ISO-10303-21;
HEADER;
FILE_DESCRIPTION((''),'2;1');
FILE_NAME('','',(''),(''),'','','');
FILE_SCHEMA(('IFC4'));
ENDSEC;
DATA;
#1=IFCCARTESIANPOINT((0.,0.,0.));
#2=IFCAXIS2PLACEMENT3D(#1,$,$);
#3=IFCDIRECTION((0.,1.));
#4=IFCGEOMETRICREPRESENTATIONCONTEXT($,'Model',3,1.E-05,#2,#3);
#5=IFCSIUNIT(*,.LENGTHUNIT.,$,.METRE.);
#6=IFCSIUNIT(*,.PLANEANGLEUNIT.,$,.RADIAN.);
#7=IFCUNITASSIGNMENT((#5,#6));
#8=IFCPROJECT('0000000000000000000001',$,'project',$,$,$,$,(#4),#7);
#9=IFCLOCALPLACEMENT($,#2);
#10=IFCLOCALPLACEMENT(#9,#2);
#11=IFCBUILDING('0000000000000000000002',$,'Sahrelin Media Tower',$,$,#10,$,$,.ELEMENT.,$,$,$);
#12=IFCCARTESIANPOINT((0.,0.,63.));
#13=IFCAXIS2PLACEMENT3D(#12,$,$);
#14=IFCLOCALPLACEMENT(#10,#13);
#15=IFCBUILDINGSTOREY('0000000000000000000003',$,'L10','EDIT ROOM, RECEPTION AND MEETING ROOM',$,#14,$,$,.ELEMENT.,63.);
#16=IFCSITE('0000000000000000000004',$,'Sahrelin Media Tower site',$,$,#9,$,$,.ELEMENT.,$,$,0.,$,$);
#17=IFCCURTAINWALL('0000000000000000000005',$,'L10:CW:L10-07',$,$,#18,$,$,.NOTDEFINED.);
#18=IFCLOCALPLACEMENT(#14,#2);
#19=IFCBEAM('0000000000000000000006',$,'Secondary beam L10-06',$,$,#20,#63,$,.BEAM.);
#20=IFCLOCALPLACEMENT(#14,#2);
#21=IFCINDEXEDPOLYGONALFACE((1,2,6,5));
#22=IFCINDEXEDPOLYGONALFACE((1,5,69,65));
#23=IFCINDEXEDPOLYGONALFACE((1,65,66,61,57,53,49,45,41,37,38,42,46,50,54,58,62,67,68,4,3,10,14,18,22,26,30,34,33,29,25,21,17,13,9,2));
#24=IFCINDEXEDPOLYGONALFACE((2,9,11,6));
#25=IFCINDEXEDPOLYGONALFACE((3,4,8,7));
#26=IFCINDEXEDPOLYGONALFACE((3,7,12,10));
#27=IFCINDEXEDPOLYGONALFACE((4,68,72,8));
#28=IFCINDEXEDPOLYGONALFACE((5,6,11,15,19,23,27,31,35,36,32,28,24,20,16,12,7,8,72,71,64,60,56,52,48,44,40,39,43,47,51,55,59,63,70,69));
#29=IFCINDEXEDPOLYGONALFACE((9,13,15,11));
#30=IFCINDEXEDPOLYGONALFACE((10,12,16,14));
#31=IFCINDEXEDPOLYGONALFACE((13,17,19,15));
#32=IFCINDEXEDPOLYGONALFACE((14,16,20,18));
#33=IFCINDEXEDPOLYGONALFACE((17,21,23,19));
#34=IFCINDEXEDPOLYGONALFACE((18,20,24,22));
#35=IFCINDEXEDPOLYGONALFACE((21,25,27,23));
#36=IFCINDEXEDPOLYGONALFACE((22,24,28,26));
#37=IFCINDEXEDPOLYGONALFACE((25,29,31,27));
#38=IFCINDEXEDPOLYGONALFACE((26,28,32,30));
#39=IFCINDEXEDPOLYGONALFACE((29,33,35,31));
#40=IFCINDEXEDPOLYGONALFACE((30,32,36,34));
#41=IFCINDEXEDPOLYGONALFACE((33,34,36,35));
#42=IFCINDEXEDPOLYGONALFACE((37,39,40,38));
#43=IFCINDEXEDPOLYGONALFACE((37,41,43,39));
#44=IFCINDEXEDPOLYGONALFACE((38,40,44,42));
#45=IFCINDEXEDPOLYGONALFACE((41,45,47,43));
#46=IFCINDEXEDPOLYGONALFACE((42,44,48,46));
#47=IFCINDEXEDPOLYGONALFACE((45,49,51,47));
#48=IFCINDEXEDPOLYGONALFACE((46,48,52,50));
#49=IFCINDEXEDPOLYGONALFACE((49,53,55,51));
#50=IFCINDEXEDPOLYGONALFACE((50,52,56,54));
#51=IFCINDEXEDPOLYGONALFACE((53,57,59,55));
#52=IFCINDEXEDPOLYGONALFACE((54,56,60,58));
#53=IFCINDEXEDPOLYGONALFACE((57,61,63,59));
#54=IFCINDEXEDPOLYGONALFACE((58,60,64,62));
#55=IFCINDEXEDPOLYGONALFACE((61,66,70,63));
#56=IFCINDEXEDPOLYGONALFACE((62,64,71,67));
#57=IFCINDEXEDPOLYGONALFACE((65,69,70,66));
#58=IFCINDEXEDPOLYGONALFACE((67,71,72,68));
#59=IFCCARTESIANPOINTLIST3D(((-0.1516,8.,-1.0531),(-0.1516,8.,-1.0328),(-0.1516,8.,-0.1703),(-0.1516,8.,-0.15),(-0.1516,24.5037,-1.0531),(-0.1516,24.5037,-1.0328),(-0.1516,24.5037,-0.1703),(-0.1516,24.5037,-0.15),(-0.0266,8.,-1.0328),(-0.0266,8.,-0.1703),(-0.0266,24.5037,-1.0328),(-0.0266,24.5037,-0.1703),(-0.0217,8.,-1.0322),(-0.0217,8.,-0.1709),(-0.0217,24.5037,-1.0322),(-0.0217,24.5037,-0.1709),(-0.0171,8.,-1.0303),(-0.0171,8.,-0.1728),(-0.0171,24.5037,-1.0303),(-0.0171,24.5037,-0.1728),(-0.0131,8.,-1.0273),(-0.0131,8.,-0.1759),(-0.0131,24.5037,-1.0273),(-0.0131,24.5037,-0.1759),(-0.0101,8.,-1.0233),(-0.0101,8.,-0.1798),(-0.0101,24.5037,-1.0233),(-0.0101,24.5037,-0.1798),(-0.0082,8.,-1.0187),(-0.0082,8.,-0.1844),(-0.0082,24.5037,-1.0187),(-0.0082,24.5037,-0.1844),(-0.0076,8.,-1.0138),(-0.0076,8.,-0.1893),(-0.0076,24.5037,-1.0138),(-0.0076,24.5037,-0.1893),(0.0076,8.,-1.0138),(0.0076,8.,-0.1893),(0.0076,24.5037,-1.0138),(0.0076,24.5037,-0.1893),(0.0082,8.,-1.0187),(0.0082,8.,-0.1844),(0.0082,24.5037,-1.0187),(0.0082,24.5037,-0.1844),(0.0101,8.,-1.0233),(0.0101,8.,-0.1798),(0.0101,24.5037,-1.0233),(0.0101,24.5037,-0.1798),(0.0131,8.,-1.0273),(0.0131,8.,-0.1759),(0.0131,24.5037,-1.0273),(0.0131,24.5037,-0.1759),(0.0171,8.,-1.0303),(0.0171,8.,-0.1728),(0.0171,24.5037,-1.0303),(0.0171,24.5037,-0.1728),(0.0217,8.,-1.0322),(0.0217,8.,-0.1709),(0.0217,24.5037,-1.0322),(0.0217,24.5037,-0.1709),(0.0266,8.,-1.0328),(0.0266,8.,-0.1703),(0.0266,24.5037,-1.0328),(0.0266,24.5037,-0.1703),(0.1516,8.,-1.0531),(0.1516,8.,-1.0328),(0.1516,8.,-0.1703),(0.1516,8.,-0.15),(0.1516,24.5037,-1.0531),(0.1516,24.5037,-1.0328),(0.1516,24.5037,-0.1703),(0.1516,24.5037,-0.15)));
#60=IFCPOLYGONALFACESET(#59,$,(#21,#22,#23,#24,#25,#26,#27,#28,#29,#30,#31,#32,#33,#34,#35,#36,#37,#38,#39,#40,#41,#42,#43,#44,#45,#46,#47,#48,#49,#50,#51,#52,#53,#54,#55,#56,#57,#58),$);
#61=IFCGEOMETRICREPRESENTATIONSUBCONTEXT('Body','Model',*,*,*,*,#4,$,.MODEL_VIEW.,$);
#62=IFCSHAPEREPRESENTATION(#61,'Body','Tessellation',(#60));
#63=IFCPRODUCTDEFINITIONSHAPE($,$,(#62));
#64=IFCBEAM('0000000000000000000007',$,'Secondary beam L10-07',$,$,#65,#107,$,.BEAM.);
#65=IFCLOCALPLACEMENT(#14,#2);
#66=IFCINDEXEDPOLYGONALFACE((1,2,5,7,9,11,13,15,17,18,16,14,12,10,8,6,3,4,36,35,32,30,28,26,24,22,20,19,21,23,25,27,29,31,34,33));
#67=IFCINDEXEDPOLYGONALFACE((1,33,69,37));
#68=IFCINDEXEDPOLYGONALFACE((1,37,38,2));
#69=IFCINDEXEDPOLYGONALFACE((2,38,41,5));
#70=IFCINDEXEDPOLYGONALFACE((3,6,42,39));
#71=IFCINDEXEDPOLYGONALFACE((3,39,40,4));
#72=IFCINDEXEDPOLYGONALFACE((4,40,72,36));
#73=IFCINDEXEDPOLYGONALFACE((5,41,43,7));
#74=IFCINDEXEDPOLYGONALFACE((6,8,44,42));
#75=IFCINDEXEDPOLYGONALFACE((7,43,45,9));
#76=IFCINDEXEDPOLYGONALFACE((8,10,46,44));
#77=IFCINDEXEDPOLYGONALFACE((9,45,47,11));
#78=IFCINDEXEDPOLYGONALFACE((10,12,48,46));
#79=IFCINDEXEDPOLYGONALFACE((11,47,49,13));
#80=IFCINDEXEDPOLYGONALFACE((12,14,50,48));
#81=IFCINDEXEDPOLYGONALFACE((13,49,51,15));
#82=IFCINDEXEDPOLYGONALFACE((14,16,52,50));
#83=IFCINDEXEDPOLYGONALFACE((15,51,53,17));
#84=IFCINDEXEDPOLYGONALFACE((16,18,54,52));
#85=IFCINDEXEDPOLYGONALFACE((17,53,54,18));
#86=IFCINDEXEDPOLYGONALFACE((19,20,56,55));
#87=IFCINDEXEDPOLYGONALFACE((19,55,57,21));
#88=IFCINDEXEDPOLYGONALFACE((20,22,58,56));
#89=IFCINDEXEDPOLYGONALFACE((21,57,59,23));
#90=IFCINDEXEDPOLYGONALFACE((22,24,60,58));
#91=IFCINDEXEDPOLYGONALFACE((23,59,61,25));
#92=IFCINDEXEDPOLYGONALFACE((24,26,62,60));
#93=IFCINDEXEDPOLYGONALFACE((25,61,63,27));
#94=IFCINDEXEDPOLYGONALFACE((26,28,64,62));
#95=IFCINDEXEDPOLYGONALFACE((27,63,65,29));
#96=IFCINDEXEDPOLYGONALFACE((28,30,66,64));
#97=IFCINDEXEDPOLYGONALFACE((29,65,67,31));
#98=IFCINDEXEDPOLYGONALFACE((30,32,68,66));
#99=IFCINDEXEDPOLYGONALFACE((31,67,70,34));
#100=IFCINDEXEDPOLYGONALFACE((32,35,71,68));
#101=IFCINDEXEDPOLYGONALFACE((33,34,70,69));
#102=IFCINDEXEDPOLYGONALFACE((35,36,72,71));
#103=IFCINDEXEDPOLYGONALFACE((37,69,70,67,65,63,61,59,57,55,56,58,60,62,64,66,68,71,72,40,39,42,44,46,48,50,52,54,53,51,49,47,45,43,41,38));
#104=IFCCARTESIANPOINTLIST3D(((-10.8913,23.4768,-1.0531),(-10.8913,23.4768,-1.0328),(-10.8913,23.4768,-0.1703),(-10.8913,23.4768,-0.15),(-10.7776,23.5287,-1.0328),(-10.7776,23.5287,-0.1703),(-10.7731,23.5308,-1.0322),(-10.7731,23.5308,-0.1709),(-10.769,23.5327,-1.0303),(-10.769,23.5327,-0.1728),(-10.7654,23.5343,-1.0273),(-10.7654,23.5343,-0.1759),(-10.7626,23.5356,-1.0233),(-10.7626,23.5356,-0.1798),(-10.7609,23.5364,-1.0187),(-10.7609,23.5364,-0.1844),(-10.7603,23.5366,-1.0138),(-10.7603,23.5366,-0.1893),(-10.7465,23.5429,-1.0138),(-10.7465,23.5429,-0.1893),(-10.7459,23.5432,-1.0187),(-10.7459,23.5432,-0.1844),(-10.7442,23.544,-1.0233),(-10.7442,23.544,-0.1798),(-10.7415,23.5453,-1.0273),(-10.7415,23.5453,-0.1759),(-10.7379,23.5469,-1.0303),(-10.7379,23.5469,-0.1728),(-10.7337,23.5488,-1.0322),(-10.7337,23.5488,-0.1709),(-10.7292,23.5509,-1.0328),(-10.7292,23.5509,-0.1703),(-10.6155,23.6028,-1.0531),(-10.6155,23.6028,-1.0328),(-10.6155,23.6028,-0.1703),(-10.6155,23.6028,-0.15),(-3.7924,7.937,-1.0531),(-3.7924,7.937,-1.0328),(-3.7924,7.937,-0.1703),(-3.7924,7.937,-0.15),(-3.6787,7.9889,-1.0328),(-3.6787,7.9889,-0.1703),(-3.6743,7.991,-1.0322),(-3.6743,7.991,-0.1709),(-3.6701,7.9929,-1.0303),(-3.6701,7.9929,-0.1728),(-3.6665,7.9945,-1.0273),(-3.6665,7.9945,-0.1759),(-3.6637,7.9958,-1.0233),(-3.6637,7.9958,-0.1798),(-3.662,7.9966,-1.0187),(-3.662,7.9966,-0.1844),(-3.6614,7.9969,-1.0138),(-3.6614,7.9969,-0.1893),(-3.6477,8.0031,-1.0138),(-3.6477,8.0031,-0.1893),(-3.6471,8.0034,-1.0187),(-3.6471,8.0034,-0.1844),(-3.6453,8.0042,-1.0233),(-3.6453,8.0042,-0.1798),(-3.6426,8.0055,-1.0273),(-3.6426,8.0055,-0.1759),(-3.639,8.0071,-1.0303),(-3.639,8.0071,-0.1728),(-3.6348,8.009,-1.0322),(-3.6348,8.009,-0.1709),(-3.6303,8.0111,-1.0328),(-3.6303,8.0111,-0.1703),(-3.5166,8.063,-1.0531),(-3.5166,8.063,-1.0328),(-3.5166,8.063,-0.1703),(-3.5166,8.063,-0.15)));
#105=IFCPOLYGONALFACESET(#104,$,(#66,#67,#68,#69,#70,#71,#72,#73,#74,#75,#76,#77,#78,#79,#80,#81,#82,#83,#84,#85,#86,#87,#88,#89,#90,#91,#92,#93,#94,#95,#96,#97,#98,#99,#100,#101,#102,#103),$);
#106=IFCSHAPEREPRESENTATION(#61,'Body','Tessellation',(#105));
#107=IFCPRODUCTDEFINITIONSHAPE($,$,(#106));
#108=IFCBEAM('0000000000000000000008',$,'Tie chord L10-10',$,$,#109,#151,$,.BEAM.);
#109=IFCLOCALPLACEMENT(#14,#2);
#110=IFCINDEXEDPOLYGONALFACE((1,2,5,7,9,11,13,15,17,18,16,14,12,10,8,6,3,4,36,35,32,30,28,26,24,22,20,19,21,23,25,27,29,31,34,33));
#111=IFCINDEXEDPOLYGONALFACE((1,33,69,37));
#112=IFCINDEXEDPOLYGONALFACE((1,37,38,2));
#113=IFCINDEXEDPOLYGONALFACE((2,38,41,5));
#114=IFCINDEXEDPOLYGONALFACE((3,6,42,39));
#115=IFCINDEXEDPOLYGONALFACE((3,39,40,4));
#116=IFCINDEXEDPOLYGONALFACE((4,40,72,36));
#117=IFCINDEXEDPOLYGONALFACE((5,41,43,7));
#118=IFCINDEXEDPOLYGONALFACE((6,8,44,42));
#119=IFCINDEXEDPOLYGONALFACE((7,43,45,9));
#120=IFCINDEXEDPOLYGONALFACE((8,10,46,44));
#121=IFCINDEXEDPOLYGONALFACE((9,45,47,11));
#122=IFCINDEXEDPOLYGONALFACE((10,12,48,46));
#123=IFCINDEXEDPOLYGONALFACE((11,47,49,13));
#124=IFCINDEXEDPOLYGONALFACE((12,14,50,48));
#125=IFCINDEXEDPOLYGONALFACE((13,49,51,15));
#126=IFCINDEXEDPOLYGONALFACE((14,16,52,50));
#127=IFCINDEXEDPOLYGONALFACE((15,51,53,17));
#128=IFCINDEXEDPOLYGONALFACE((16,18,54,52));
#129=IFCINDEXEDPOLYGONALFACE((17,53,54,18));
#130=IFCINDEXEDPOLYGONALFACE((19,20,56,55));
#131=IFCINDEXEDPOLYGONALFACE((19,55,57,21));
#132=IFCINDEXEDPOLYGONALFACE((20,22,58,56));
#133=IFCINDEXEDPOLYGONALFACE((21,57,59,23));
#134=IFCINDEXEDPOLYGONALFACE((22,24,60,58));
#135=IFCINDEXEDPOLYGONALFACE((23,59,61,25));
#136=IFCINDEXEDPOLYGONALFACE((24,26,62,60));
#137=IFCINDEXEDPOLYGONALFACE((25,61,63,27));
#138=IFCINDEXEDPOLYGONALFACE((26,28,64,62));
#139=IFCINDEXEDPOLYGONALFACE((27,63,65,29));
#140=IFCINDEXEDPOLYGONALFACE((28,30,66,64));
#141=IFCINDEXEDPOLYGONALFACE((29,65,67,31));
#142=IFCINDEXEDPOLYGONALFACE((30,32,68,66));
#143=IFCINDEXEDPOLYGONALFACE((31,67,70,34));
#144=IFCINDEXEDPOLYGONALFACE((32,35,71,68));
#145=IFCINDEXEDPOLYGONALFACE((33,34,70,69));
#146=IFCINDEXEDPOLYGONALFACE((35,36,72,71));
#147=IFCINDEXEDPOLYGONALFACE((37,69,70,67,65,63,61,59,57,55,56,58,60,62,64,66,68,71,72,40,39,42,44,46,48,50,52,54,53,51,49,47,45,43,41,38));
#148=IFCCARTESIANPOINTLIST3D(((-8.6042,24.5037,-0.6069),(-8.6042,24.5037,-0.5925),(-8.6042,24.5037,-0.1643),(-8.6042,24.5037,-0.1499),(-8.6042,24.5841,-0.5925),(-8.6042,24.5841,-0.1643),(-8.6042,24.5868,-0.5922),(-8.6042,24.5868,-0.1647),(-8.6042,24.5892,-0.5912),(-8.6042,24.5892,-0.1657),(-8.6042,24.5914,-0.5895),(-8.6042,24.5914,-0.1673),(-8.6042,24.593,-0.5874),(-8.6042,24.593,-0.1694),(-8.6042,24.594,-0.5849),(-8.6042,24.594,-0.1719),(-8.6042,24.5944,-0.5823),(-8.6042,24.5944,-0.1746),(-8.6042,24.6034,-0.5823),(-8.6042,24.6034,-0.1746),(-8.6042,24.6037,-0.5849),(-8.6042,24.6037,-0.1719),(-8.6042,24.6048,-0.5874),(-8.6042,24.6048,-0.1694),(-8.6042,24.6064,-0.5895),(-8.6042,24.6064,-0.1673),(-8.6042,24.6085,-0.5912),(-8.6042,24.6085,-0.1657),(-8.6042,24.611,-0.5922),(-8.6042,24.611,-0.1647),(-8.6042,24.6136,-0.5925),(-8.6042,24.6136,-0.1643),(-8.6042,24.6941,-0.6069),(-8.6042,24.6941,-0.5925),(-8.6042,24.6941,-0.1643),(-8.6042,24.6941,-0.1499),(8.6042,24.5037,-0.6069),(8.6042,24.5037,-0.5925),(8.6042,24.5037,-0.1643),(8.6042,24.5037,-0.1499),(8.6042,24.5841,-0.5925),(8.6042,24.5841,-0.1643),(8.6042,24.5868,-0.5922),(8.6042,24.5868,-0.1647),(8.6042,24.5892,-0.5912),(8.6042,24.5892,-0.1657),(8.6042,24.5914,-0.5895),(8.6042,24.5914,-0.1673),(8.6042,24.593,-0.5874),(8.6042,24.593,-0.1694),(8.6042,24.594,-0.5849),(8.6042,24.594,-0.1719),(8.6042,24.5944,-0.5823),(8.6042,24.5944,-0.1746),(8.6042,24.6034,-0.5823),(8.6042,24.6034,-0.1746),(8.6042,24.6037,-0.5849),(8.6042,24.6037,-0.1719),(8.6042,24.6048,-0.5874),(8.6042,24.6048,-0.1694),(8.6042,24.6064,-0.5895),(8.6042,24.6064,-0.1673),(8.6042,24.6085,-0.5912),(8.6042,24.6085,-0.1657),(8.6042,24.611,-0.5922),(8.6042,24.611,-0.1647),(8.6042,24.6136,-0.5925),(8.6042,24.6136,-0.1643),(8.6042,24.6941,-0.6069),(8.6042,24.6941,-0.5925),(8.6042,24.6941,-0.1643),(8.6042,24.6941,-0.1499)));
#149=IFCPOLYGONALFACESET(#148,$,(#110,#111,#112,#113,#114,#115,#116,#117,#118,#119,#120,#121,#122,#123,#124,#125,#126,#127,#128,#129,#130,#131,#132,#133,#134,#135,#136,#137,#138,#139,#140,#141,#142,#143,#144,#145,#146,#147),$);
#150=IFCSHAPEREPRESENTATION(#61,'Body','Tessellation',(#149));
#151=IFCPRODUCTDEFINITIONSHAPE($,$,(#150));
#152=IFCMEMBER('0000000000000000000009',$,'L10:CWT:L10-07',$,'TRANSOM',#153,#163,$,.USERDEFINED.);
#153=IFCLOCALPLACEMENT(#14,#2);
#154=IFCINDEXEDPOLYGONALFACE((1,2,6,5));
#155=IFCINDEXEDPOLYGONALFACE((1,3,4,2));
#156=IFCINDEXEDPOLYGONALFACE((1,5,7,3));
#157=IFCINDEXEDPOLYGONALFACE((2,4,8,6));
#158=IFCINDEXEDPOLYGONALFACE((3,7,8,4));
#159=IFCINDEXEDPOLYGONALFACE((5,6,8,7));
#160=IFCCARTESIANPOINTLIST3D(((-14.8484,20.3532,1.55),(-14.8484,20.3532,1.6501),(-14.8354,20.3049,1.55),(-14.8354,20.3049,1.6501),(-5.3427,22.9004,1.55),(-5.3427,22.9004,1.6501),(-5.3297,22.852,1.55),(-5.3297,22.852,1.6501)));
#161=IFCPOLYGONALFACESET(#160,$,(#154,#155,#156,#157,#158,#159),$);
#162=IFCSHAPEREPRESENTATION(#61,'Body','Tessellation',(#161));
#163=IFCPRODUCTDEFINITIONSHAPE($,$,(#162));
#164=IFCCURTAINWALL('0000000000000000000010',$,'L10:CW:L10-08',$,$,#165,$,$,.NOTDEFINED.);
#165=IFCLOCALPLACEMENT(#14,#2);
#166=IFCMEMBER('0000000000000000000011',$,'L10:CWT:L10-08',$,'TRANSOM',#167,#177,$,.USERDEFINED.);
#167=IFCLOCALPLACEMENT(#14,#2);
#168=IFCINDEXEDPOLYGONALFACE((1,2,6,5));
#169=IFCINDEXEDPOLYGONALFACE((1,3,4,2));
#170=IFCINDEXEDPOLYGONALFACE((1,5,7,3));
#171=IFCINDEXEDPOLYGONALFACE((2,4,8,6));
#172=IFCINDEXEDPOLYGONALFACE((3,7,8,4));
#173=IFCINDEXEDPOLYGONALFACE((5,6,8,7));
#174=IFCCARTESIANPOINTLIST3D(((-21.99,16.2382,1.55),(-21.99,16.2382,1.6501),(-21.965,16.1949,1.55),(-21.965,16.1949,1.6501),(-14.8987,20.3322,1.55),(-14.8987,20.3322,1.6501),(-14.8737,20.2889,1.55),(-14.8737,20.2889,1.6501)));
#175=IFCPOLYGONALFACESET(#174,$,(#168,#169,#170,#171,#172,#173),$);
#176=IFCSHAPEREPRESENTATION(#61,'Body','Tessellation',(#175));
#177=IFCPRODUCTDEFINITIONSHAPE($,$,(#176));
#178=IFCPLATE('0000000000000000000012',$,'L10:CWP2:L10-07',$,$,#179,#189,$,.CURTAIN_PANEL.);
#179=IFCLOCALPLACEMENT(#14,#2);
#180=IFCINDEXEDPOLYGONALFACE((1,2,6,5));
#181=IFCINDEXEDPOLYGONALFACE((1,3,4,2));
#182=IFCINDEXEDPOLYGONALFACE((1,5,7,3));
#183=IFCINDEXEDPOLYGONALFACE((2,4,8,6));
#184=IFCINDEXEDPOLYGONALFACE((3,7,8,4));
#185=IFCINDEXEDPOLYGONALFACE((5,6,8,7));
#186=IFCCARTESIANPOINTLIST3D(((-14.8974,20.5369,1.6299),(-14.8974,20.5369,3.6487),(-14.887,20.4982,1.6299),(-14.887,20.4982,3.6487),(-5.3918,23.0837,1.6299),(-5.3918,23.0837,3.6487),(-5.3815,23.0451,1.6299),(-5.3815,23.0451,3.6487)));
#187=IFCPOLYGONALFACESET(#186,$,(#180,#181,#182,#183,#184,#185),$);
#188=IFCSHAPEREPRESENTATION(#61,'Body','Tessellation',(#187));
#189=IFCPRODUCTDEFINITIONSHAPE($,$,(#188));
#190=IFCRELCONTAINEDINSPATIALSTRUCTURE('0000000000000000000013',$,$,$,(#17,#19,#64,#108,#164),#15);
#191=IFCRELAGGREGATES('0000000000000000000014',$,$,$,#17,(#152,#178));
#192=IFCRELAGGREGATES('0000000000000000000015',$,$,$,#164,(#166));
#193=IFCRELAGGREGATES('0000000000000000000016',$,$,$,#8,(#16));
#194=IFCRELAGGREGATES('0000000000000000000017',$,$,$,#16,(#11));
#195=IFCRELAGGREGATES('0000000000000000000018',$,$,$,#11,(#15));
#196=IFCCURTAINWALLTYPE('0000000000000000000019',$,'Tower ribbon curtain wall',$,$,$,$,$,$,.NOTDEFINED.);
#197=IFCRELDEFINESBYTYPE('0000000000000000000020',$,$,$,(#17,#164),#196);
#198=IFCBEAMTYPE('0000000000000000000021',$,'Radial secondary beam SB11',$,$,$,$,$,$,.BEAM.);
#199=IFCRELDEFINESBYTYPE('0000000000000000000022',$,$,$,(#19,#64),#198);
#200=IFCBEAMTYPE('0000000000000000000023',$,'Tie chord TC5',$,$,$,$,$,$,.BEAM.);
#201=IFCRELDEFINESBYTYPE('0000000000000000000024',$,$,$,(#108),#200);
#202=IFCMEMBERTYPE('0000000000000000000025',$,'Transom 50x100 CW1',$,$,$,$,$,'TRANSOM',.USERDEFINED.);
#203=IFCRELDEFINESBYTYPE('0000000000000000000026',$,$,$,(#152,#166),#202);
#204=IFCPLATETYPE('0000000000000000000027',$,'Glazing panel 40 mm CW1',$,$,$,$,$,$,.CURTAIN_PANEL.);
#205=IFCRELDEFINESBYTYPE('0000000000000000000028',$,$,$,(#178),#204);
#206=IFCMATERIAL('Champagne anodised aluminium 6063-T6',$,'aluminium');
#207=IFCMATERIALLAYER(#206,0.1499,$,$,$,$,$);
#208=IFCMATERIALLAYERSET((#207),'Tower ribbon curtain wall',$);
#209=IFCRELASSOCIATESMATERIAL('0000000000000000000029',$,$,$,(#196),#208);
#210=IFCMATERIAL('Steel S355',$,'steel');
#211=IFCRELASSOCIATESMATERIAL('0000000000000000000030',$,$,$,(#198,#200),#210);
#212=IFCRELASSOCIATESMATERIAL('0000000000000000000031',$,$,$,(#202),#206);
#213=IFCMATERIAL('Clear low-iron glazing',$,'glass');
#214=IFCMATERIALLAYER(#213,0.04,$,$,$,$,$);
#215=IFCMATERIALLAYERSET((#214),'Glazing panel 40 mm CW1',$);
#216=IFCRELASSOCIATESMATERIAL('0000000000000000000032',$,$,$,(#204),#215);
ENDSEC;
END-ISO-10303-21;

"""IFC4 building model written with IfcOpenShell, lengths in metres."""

from ifc_helpers import new_model, si_unit, direction, frame, origin, origin_2d, place, context, subcontext, project, spatial, polyline, rectangle, i_section, outline, extrude, material, layer, layer_set, material_profile, profile_set, type_object, element, aggregate, save


model = new_model("IFC4")

# Units and contexts
model_context = context("Model", 3, precision=1e-05, world=origin(), true_north=direction((0.0, 1.0)))
body_context = subcontext(model_context, "Body", "Model", "MODEL_VIEW")
ifc_project = project(units=[si_unit("LENGTHUNIT", "METRE"), si_unit("PLANEANGLEUNIT", "RADIAN")], contexts=[model_context])

# Site, building, storey
site_placement = place(None, origin())
site = spatial("IfcSite", under=ifc_project, at=site_placement, Name="Sahrelin Media Tower site", CompositionType="ELEMENT", RefElevation=0.0)
building_placement = place(site_placement, origin())
building = spatial("IfcBuilding", under=site, at=building_placement, Name="Sahrelin Media Tower", CompositionType="ELEMENT")
storey_placement = place(building_placement, frame((0.0, 0.0, 63.0)))
storey = spatial("IfcBuildingStorey", under=building, at=storey_placement, Name="L10", Description="EDIT ROOM, RECEPTION AND MEETING ROOM", CompositionType="ELEMENT", Elevation=63.0)

# Shared definitions
ifc_material_1 = material(Name="Steel S355", Category="steel")

# Curtain wall
ifc_material_2 = material(Name="Champagne anodised aluminium 6063-T6", Category="aluminium")
ifc_layer_1 = layer(ifc_material_2, 0.1499)
ifc_layer_set_1 = layer_set([ifc_layer_1], Name="Tower ribbon curtain wall")
curtain_wall_type = type_object("IfcCurtainWallType", Name="Tower ribbon curtain wall", PredefinedType="NOTDEFINED", material=ifc_layer_set_1)
curtain_wall_1_placement = place(storey_placement, frame((-10.1394, 21.791, 0.0), z_axis=(0.0, 0.0, 1.0), x_axis=(1.0, 0.0, 0.0)))
curtain_wall_1 = element("IfcCurtainWall", 1, at=curtain_wall_1_placement, inside=storey, type_object=curtain_wall_type, Name="L10:CW:L10-07", PredefinedType="NOTDEFINED")

# Beams
ifc_material_profile_1 = material_profile(ifc_material_1, i_section(OverallWidth=0.3032, OverallDepth=0.9031, WebThickness=0.0151, FlangeThickness=0.0203, FilletRadius=0.019, at=origin_2d()), Name="UB 914x305x201")
ifc_profile_set_1 = profile_set([ifc_material_profile_1], Name="Steel S355")
beam_type_1 = type_object("IfcBeamType", Name="Radial secondary beam SB11", PredefinedType="BEAM", material=ifc_profile_set_1)
beam_1_placement = place(storey_placement, frame((0.0, 8.0, -0.6016), z_axis=(0.0, 1.0, 0.0), x_axis=(-1.0, 0.0, 0.0)))
element("IfcBeam", 2, at=beam_1_placement, inside=storey, type_object=beam_type_1, Name="Secondary beam L10-06", PredefinedType="BEAM", context=body_context, shape_type="SweptSolid", body=[
    extrude(i_section(OverallWidth=0.3032, OverallDepth=0.9031, WebThickness=0.0151, FlangeThickness=0.0203, FilletRadius=0.019, at=origin_2d()), origin(), (0.0, 0.0, 1.0), 16.5037),
])
beam_2_placement = place(storey_placement, frame((-3.6545, 8.0, -0.6016), z_axis=(-0.415516, 0.909586, 0.0), x_axis=(-0.909586, -0.415516, 0.0)))
element("IfcBeam", 3, at=beam_2_placement, inside=storey, type_object=beam_type_1, Name="Secondary beam L10-07", PredefinedType="BEAM", context=body_context, shape_type="SweptSolid", body=[
    extrude(i_section(OverallWidth=0.3032, OverallDepth=0.9031, WebThickness=0.0151, FlangeThickness=0.0203, FilletRadius=0.019, at=origin_2d()), origin(), (0.0, 0.0, 1.0), 17.0845),
])
ifc_material_profile_2 = material_profile(ifc_material_1, i_section(OverallWidth=0.1904, OverallDepth=0.457, WebThickness=0.009, FlangeThickness=0.0144, FilletRadius=0.0103, at=origin_2d()), Name="UB 457x191x74")
ifc_profile_set_2 = profile_set([ifc_material_profile_2], Name="Steel S355")
beam_type_2 = type_object("IfcBeamType", Name="Tie chord TC5", PredefinedType="BEAM", material=ifc_profile_set_2)
beam_3_placement = place(storey_placement, frame((-8.6042, 24.5989, -0.3784), z_axis=(1.0, 0.0, 0.0), x_axis=(0.0, 1.0, 0.0)))
element("IfcBeam", 4, at=beam_3_placement, inside=storey, type_object=beam_type_2, Name="Tie chord L10-10", PredefinedType="BEAM", context=body_context, shape_type="SweptSolid", body=[
    extrude(i_section(OverallWidth=0.1904, OverallDepth=0.457, WebThickness=0.009, FlangeThickness=0.0144, FilletRadius=0.0103, at=origin_2d()), origin(), (0.0, 0.0, 1.0), 17.2085),
])

# Member
ifc_material_profile_3 = material_profile(ifc_material_2, rectangle(XDim=0.05, YDim=0.1001, at=origin_2d()), Name="Transom 50x100")
ifc_profile_set_3 = profile_set([ifc_material_profile_3], Name="Champagne anodised aluminium 6063-T6")
member_type_1 = type_object("IfcMemberType", Name="Transom 50x100 CW1", ElementType="TRANSOM", PredefinedType="USERDEFINED", material=ifc_profile_set_3)
member_1_placement = place(storey_placement, frame((-5.3362, 22.8762, 1.6001), z_axis=(-0.965923, -0.258828, 0.0), x_axis=(0.258828, -0.965923, 0.0)))
member_1 = element("IfcMember", 5, at=member_1_placement, type_object=member_type_1, Name="L10:CWT:L10-07", ObjectType="TRANSOM", PredefinedType="USERDEFINED", context=body_context, shape_type="SweptSolid", body=[
    extrude(rectangle(XDim=0.05, YDim=0.1001, at=origin_2d()), origin(), (0.0, 0.0, 1.0), 9.8411),
])

# Curtain wall, member
curtain_wall_2_placement = place(storey_placement, frame((-18.5293, 18.4326, 0.0), z_axis=(0.0, 0.0, 1.0), x_axis=(1.0, 0.0, 0.0)))
curtain_wall_2 = element("IfcCurtainWall", 6, at=curtain_wall_2_placement, inside=storey, type_object=curtain_wall_type, Name="L10:CW:L10-08", PredefinedType="NOTDEFINED")
member_2_placement = place(storey_placement, frame((-14.8862, 20.3105, 1.6001), z_axis=(-0.866035, -0.499984, 0.0), x_axis=(0.499984, -0.866035, 0.0)))
member_2 = element("IfcMember", 7, at=member_2_placement, type_object=member_type_1, Name="L10:CWT:L10-08", ObjectType="TRANSOM", PredefinedType="USERDEFINED", context=body_context, shape_type="SweptSolid", body=[
    extrude(rectangle(XDim=0.05, YDim=0.1001, at=origin_2d()), origin(), (0.0, 0.0, 1.0), 8.1882),
])

# Plate
ifc_material_3 = material(Name="Clear low-iron glazing", Category="glass")
ifc_layer_2 = layer(ifc_material_3, 0.04)
ifc_layer_set_2 = layer_set([ifc_layer_2], Name="Glazing panel 40 mm CW1")
plate_type_1 = type_object("IfcPlateType", Name="Glazing panel 40 mm CW1", PredefinedType="CURTAIN_PANEL", material=ifc_layer_set_2)
plate_1_placement = place(storey_placement, frame((-5.3918, 23.0837, 1.6299), z_axis=(-0.258805, 0.96593, 0.0), x_axis=(-0.96593, -0.258805, 0.0)))
plate_1 = element("IfcPlate", 8, at=plate_1_placement, type_object=plate_type_1, Name="L10:CWP2:L10-07", PredefinedType="CURTAIN_PANEL", context=body_context, shape_type="SweptSolid", body=[
    extrude(outline(polyline([(0.0, 0.0), (9.8408, 0.0), (9.8408, 2.0188), (0.0, 2.0188), (0.0, 0.0)])), origin(), (0.0, 0.0, -1.0), 0.04),
])
aggregate(curtain_wall_1, [member_1, plate_1])
aggregate(curtain_wall_2, [member_2])

save(model, "model.ifc")
